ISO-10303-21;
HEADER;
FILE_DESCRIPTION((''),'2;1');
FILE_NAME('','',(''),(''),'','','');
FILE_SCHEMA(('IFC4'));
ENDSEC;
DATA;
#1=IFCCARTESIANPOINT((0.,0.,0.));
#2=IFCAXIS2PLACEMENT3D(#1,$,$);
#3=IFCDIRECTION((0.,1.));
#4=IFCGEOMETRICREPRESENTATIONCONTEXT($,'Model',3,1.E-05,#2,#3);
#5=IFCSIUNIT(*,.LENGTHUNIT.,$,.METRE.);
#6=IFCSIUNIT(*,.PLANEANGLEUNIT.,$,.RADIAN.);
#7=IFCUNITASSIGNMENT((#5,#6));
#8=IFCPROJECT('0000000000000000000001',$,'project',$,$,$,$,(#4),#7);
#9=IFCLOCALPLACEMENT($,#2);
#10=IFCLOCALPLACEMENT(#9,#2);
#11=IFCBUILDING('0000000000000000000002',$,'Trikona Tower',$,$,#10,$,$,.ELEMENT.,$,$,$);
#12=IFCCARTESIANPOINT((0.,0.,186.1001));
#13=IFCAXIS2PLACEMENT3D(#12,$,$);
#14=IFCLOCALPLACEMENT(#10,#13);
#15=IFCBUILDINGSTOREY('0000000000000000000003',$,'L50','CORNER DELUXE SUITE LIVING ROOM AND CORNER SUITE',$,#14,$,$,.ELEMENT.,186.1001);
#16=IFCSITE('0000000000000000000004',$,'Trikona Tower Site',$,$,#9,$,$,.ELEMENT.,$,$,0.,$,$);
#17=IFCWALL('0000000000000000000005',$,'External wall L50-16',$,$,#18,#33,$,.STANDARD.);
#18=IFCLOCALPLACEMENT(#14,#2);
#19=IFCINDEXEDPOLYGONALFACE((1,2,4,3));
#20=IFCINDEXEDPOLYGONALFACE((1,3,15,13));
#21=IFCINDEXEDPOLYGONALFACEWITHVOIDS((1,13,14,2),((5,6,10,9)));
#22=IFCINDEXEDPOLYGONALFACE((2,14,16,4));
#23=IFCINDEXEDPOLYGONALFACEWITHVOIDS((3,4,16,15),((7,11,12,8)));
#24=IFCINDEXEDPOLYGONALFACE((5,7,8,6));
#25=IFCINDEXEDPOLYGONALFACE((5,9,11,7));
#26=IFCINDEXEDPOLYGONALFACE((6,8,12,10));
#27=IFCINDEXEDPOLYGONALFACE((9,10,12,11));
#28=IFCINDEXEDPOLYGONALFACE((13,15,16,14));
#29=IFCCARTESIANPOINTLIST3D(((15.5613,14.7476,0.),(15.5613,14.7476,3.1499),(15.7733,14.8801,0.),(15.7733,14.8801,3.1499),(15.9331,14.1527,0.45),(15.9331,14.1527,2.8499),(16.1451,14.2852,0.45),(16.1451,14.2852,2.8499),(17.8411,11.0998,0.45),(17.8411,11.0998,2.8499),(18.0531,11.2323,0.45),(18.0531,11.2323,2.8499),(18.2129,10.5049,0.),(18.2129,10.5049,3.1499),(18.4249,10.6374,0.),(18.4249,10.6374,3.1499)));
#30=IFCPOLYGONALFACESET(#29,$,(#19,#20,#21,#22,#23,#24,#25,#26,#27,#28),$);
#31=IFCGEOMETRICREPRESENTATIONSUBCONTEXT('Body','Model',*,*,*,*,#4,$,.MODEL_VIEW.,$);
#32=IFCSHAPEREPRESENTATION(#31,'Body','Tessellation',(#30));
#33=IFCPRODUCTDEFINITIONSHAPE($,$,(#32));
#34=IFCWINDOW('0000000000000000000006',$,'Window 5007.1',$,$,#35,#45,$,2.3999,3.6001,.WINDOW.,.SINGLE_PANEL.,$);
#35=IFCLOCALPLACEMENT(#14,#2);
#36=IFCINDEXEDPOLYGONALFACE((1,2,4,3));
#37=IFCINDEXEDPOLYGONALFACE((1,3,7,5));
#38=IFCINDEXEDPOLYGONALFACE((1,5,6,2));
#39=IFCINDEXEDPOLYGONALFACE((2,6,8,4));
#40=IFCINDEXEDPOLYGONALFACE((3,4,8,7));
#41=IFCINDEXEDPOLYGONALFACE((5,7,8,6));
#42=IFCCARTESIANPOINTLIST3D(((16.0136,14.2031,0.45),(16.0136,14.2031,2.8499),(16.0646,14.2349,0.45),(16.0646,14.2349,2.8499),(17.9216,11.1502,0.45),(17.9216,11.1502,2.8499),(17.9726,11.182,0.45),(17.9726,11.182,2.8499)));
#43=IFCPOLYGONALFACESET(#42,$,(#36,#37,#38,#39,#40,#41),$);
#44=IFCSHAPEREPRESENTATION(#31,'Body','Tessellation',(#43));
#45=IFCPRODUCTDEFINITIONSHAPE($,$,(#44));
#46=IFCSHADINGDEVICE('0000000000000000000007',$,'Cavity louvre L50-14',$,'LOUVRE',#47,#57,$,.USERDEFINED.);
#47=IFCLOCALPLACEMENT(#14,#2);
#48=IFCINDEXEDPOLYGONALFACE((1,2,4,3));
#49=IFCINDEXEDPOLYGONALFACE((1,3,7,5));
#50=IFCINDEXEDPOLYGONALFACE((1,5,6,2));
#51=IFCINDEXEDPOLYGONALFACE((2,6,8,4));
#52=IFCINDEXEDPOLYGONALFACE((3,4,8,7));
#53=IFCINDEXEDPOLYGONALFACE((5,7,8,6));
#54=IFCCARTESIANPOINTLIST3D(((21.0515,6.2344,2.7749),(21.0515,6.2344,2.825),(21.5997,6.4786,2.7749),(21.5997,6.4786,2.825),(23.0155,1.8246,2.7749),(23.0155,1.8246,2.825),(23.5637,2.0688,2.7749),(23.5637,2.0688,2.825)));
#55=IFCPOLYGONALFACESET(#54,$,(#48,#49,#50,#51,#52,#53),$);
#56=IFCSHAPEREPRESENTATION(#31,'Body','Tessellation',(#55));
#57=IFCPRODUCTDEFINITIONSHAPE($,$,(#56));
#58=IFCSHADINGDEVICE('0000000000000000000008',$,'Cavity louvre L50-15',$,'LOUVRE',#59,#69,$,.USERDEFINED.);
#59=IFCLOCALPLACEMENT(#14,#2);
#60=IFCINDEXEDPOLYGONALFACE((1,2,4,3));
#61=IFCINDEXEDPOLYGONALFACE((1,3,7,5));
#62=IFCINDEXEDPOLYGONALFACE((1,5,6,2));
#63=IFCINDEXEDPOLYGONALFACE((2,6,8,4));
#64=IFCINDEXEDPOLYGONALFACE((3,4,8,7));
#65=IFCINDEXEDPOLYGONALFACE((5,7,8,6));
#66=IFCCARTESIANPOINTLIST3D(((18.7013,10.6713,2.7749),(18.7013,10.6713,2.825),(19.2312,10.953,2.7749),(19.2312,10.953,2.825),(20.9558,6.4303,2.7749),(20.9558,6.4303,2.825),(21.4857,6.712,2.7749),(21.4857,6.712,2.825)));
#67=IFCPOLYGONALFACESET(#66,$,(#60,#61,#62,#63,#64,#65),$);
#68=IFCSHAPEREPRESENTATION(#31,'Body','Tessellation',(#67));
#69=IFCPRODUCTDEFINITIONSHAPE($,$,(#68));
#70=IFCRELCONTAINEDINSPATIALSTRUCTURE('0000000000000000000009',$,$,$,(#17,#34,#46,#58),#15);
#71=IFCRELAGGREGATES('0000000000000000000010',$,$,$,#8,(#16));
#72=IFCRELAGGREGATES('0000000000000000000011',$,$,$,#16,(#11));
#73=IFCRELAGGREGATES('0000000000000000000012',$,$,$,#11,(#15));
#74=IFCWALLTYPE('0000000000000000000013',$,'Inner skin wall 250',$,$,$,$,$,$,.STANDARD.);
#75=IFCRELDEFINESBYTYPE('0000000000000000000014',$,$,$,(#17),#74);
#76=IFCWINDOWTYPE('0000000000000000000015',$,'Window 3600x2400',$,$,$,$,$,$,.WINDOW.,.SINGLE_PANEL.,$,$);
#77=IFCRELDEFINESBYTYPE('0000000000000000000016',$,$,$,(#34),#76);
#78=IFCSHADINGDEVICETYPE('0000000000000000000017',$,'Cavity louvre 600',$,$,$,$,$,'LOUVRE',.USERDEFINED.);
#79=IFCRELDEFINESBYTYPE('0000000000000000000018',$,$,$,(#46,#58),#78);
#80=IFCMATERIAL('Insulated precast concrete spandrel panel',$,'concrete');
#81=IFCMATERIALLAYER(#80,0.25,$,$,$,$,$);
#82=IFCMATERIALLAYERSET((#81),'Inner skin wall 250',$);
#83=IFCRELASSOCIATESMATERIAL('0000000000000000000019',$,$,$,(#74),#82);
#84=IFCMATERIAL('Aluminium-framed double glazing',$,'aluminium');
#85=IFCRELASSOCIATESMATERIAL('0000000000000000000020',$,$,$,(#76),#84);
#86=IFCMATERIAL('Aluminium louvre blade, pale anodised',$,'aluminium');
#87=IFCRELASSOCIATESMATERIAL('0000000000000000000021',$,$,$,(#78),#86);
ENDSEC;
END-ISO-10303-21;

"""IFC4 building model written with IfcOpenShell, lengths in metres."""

from ifc_helpers import new_model, si_unit, direction, frame, frame_2d, origin, origin_2d, place, context, subcontext, project, spatial, rectangle, extrude, material, layer, layer_set, type_object, element, fill, save


model = new_model("IFC4")

# Units and contexts
model_context = context("Model", 3, precision=1e-05, world=origin(), true_north=direction((0.0, 1.0)))
body_context = subcontext(model_context, "Body", "Model", "MODEL_VIEW")
ifc_project = project(units=[si_unit("LENGTHUNIT", "METRE"), si_unit("PLANEANGLEUNIT", "RADIAN")], contexts=[model_context])

# Site, building, storey
site_placement = place(None, origin())
site = spatial("IfcSite", under=ifc_project, at=site_placement, Name="Trikona Tower Site", CompositionType="ELEMENT", RefElevation=0.0)
building_placement = place(site_placement, origin())
building = spatial("IfcBuilding", under=site, at=building_placement, Name="Trikona Tower", CompositionType="ELEMENT")
storey_placement = place(building_placement, frame((0.0, 0.0, 186.1001)))
storey = spatial("IfcBuildingStorey", under=building, at=storey_placement, Name="L50", Description="CORNER DELUXE SUITE LIVING ROOM AND CORNER SUITE", CompositionType="ELEMENT", Elevation=186.1001)

# Wall, opening, window
ifc_material_1 = material(Name="Insulated precast concrete spandrel panel", Category="concrete")
ifc_layer_1 = layer(ifc_material_1, 0.25)
ifc_layer_set_1 = layer_set([ifc_layer_1], Name="Inner skin wall 250")
wall_type_1 = type_object("IfcWallType", Name="Inner skin wall 250", PredefinedType="STANDARD", material=ifc_layer_set_1)
ifc_material_2 = material(Name="Aluminium-framed double glazing", Category="aluminium")
window_type = type_object("IfcWindowType", Name="Window 3600x2400", PartitioningType="SINGLE_PANEL", PredefinedType="WINDOW", material=ifc_material_2)
wall_1_placement = place(storey_placement, frame((18.3188, 10.5713, 0.0), z_axis=(0.0, 0.0, 1.0), x_axis=(-0.52999, 0.848004, 0.0)))
wall_1 = element("IfcWall", 1, at=wall_1_placement, inside=storey, type_object=wall_type_1, Name="External wall L50-16", PredefinedType="STANDARD", context=body_context, shape_type="SweptSolid", body=[
    extrude(rectangle(XDim=5.0032, YDim=0.25, at=frame_2d((2.5015, 0.0))), origin(), (0.0, 0.0, 1.0), 3.1499),
])
opening_1_placement = place(wall_1_placement, frame((0.7014, 0.0, 0.45)))
opening_1 = element("IfcOpeningElement", 2, at=opening_1_placement, cuts=wall_1, PredefinedType="OPENING", context=body_context, shape_type="SweptSolid", body=[
    extrude(rectangle(XDim=3.6001, YDim=2.3999, at=frame_2d((1.8, 1.2))), frame((0.0, 0.135, 0.0), z_axis=(0.0, -1.0, 0.0), x_axis=(1.0, 0.0, 0.0)), (0.0, 0.0, 1.0), 0.27),
])
window_1_placement = place(opening_1_placement, origin())
window_1 = element("IfcWindow", 3, at=window_1_placement, inside=storey, type_object=window_type, Name="Window 5007.1", OverallHeight=2.3999, OverallWidth=3.6001, PartitioningType="SINGLE_PANEL", PredefinedType="WINDOW", context=body_context, shape_type="SweptSolid", body=[
    extrude(rectangle(XDim=3.6001, YDim=2.3999, at=frame_2d((1.8, 1.2))), frame((0.0, 0.03, 0.0), z_axis=(0.0, -1.0, 0.0), x_axis=(1.0, 0.0, 0.0)), (0.0, 0.0, 1.0), 0.0601),
])
fill(opening_1, window_1)

# Shading devices
ifc_material_3 = material(Name="Aluminium louvre blade, pale anodised", Category="aluminium")
shading_device_type = type_object("IfcShadingDeviceType", Name="Cavity louvre 600", ElementType="LOUVRE", PredefinedType="USERDEFINED", material=ifc_material_3)
shading_device_1_placement = place(storey_placement, frame((22.3076, 4.1516, 2.7749), z_axis=(0.0, 0.0, 1.0), x_axis=(-0.406843, 0.913498, 0.0)))
element("IfcShadingDevice", 4, at=shading_device_1_placement, inside=storey, type_object=shading_device_type, Name="Cavity louvre L50-14", ObjectType="LOUVRE", PredefinedType="USERDEFINED", context=body_context, shape_type="SweptSolid", body=[
    extrude(rectangle(XDim=4.8274, YDim=0.6001, at=origin_2d()), origin(), (0.0, 0.0, 1.0), 0.05),
])
shading_device_2_placement = place(storey_placement, frame((20.0935, 8.6917, 2.7749), z_axis=(0.0, 0.0, 1.0), x_axis=(-0.469398, 0.882987, 0.0)))
element("IfcShadingDevice", 5, at=shading_device_2_placement, inside=storey, type_object=shading_device_type, Name="Cavity louvre L50-15", ObjectType="LOUVRE", PredefinedType="USERDEFINED", context=body_context, shape_type="SweptSolid", body=[
    extrude(rectangle(XDim=4.803, YDim=0.6001, at=origin_2d()), origin(), (0.0, 0.0, 1.0), 0.05),
])

save(model, "model.ifc")
